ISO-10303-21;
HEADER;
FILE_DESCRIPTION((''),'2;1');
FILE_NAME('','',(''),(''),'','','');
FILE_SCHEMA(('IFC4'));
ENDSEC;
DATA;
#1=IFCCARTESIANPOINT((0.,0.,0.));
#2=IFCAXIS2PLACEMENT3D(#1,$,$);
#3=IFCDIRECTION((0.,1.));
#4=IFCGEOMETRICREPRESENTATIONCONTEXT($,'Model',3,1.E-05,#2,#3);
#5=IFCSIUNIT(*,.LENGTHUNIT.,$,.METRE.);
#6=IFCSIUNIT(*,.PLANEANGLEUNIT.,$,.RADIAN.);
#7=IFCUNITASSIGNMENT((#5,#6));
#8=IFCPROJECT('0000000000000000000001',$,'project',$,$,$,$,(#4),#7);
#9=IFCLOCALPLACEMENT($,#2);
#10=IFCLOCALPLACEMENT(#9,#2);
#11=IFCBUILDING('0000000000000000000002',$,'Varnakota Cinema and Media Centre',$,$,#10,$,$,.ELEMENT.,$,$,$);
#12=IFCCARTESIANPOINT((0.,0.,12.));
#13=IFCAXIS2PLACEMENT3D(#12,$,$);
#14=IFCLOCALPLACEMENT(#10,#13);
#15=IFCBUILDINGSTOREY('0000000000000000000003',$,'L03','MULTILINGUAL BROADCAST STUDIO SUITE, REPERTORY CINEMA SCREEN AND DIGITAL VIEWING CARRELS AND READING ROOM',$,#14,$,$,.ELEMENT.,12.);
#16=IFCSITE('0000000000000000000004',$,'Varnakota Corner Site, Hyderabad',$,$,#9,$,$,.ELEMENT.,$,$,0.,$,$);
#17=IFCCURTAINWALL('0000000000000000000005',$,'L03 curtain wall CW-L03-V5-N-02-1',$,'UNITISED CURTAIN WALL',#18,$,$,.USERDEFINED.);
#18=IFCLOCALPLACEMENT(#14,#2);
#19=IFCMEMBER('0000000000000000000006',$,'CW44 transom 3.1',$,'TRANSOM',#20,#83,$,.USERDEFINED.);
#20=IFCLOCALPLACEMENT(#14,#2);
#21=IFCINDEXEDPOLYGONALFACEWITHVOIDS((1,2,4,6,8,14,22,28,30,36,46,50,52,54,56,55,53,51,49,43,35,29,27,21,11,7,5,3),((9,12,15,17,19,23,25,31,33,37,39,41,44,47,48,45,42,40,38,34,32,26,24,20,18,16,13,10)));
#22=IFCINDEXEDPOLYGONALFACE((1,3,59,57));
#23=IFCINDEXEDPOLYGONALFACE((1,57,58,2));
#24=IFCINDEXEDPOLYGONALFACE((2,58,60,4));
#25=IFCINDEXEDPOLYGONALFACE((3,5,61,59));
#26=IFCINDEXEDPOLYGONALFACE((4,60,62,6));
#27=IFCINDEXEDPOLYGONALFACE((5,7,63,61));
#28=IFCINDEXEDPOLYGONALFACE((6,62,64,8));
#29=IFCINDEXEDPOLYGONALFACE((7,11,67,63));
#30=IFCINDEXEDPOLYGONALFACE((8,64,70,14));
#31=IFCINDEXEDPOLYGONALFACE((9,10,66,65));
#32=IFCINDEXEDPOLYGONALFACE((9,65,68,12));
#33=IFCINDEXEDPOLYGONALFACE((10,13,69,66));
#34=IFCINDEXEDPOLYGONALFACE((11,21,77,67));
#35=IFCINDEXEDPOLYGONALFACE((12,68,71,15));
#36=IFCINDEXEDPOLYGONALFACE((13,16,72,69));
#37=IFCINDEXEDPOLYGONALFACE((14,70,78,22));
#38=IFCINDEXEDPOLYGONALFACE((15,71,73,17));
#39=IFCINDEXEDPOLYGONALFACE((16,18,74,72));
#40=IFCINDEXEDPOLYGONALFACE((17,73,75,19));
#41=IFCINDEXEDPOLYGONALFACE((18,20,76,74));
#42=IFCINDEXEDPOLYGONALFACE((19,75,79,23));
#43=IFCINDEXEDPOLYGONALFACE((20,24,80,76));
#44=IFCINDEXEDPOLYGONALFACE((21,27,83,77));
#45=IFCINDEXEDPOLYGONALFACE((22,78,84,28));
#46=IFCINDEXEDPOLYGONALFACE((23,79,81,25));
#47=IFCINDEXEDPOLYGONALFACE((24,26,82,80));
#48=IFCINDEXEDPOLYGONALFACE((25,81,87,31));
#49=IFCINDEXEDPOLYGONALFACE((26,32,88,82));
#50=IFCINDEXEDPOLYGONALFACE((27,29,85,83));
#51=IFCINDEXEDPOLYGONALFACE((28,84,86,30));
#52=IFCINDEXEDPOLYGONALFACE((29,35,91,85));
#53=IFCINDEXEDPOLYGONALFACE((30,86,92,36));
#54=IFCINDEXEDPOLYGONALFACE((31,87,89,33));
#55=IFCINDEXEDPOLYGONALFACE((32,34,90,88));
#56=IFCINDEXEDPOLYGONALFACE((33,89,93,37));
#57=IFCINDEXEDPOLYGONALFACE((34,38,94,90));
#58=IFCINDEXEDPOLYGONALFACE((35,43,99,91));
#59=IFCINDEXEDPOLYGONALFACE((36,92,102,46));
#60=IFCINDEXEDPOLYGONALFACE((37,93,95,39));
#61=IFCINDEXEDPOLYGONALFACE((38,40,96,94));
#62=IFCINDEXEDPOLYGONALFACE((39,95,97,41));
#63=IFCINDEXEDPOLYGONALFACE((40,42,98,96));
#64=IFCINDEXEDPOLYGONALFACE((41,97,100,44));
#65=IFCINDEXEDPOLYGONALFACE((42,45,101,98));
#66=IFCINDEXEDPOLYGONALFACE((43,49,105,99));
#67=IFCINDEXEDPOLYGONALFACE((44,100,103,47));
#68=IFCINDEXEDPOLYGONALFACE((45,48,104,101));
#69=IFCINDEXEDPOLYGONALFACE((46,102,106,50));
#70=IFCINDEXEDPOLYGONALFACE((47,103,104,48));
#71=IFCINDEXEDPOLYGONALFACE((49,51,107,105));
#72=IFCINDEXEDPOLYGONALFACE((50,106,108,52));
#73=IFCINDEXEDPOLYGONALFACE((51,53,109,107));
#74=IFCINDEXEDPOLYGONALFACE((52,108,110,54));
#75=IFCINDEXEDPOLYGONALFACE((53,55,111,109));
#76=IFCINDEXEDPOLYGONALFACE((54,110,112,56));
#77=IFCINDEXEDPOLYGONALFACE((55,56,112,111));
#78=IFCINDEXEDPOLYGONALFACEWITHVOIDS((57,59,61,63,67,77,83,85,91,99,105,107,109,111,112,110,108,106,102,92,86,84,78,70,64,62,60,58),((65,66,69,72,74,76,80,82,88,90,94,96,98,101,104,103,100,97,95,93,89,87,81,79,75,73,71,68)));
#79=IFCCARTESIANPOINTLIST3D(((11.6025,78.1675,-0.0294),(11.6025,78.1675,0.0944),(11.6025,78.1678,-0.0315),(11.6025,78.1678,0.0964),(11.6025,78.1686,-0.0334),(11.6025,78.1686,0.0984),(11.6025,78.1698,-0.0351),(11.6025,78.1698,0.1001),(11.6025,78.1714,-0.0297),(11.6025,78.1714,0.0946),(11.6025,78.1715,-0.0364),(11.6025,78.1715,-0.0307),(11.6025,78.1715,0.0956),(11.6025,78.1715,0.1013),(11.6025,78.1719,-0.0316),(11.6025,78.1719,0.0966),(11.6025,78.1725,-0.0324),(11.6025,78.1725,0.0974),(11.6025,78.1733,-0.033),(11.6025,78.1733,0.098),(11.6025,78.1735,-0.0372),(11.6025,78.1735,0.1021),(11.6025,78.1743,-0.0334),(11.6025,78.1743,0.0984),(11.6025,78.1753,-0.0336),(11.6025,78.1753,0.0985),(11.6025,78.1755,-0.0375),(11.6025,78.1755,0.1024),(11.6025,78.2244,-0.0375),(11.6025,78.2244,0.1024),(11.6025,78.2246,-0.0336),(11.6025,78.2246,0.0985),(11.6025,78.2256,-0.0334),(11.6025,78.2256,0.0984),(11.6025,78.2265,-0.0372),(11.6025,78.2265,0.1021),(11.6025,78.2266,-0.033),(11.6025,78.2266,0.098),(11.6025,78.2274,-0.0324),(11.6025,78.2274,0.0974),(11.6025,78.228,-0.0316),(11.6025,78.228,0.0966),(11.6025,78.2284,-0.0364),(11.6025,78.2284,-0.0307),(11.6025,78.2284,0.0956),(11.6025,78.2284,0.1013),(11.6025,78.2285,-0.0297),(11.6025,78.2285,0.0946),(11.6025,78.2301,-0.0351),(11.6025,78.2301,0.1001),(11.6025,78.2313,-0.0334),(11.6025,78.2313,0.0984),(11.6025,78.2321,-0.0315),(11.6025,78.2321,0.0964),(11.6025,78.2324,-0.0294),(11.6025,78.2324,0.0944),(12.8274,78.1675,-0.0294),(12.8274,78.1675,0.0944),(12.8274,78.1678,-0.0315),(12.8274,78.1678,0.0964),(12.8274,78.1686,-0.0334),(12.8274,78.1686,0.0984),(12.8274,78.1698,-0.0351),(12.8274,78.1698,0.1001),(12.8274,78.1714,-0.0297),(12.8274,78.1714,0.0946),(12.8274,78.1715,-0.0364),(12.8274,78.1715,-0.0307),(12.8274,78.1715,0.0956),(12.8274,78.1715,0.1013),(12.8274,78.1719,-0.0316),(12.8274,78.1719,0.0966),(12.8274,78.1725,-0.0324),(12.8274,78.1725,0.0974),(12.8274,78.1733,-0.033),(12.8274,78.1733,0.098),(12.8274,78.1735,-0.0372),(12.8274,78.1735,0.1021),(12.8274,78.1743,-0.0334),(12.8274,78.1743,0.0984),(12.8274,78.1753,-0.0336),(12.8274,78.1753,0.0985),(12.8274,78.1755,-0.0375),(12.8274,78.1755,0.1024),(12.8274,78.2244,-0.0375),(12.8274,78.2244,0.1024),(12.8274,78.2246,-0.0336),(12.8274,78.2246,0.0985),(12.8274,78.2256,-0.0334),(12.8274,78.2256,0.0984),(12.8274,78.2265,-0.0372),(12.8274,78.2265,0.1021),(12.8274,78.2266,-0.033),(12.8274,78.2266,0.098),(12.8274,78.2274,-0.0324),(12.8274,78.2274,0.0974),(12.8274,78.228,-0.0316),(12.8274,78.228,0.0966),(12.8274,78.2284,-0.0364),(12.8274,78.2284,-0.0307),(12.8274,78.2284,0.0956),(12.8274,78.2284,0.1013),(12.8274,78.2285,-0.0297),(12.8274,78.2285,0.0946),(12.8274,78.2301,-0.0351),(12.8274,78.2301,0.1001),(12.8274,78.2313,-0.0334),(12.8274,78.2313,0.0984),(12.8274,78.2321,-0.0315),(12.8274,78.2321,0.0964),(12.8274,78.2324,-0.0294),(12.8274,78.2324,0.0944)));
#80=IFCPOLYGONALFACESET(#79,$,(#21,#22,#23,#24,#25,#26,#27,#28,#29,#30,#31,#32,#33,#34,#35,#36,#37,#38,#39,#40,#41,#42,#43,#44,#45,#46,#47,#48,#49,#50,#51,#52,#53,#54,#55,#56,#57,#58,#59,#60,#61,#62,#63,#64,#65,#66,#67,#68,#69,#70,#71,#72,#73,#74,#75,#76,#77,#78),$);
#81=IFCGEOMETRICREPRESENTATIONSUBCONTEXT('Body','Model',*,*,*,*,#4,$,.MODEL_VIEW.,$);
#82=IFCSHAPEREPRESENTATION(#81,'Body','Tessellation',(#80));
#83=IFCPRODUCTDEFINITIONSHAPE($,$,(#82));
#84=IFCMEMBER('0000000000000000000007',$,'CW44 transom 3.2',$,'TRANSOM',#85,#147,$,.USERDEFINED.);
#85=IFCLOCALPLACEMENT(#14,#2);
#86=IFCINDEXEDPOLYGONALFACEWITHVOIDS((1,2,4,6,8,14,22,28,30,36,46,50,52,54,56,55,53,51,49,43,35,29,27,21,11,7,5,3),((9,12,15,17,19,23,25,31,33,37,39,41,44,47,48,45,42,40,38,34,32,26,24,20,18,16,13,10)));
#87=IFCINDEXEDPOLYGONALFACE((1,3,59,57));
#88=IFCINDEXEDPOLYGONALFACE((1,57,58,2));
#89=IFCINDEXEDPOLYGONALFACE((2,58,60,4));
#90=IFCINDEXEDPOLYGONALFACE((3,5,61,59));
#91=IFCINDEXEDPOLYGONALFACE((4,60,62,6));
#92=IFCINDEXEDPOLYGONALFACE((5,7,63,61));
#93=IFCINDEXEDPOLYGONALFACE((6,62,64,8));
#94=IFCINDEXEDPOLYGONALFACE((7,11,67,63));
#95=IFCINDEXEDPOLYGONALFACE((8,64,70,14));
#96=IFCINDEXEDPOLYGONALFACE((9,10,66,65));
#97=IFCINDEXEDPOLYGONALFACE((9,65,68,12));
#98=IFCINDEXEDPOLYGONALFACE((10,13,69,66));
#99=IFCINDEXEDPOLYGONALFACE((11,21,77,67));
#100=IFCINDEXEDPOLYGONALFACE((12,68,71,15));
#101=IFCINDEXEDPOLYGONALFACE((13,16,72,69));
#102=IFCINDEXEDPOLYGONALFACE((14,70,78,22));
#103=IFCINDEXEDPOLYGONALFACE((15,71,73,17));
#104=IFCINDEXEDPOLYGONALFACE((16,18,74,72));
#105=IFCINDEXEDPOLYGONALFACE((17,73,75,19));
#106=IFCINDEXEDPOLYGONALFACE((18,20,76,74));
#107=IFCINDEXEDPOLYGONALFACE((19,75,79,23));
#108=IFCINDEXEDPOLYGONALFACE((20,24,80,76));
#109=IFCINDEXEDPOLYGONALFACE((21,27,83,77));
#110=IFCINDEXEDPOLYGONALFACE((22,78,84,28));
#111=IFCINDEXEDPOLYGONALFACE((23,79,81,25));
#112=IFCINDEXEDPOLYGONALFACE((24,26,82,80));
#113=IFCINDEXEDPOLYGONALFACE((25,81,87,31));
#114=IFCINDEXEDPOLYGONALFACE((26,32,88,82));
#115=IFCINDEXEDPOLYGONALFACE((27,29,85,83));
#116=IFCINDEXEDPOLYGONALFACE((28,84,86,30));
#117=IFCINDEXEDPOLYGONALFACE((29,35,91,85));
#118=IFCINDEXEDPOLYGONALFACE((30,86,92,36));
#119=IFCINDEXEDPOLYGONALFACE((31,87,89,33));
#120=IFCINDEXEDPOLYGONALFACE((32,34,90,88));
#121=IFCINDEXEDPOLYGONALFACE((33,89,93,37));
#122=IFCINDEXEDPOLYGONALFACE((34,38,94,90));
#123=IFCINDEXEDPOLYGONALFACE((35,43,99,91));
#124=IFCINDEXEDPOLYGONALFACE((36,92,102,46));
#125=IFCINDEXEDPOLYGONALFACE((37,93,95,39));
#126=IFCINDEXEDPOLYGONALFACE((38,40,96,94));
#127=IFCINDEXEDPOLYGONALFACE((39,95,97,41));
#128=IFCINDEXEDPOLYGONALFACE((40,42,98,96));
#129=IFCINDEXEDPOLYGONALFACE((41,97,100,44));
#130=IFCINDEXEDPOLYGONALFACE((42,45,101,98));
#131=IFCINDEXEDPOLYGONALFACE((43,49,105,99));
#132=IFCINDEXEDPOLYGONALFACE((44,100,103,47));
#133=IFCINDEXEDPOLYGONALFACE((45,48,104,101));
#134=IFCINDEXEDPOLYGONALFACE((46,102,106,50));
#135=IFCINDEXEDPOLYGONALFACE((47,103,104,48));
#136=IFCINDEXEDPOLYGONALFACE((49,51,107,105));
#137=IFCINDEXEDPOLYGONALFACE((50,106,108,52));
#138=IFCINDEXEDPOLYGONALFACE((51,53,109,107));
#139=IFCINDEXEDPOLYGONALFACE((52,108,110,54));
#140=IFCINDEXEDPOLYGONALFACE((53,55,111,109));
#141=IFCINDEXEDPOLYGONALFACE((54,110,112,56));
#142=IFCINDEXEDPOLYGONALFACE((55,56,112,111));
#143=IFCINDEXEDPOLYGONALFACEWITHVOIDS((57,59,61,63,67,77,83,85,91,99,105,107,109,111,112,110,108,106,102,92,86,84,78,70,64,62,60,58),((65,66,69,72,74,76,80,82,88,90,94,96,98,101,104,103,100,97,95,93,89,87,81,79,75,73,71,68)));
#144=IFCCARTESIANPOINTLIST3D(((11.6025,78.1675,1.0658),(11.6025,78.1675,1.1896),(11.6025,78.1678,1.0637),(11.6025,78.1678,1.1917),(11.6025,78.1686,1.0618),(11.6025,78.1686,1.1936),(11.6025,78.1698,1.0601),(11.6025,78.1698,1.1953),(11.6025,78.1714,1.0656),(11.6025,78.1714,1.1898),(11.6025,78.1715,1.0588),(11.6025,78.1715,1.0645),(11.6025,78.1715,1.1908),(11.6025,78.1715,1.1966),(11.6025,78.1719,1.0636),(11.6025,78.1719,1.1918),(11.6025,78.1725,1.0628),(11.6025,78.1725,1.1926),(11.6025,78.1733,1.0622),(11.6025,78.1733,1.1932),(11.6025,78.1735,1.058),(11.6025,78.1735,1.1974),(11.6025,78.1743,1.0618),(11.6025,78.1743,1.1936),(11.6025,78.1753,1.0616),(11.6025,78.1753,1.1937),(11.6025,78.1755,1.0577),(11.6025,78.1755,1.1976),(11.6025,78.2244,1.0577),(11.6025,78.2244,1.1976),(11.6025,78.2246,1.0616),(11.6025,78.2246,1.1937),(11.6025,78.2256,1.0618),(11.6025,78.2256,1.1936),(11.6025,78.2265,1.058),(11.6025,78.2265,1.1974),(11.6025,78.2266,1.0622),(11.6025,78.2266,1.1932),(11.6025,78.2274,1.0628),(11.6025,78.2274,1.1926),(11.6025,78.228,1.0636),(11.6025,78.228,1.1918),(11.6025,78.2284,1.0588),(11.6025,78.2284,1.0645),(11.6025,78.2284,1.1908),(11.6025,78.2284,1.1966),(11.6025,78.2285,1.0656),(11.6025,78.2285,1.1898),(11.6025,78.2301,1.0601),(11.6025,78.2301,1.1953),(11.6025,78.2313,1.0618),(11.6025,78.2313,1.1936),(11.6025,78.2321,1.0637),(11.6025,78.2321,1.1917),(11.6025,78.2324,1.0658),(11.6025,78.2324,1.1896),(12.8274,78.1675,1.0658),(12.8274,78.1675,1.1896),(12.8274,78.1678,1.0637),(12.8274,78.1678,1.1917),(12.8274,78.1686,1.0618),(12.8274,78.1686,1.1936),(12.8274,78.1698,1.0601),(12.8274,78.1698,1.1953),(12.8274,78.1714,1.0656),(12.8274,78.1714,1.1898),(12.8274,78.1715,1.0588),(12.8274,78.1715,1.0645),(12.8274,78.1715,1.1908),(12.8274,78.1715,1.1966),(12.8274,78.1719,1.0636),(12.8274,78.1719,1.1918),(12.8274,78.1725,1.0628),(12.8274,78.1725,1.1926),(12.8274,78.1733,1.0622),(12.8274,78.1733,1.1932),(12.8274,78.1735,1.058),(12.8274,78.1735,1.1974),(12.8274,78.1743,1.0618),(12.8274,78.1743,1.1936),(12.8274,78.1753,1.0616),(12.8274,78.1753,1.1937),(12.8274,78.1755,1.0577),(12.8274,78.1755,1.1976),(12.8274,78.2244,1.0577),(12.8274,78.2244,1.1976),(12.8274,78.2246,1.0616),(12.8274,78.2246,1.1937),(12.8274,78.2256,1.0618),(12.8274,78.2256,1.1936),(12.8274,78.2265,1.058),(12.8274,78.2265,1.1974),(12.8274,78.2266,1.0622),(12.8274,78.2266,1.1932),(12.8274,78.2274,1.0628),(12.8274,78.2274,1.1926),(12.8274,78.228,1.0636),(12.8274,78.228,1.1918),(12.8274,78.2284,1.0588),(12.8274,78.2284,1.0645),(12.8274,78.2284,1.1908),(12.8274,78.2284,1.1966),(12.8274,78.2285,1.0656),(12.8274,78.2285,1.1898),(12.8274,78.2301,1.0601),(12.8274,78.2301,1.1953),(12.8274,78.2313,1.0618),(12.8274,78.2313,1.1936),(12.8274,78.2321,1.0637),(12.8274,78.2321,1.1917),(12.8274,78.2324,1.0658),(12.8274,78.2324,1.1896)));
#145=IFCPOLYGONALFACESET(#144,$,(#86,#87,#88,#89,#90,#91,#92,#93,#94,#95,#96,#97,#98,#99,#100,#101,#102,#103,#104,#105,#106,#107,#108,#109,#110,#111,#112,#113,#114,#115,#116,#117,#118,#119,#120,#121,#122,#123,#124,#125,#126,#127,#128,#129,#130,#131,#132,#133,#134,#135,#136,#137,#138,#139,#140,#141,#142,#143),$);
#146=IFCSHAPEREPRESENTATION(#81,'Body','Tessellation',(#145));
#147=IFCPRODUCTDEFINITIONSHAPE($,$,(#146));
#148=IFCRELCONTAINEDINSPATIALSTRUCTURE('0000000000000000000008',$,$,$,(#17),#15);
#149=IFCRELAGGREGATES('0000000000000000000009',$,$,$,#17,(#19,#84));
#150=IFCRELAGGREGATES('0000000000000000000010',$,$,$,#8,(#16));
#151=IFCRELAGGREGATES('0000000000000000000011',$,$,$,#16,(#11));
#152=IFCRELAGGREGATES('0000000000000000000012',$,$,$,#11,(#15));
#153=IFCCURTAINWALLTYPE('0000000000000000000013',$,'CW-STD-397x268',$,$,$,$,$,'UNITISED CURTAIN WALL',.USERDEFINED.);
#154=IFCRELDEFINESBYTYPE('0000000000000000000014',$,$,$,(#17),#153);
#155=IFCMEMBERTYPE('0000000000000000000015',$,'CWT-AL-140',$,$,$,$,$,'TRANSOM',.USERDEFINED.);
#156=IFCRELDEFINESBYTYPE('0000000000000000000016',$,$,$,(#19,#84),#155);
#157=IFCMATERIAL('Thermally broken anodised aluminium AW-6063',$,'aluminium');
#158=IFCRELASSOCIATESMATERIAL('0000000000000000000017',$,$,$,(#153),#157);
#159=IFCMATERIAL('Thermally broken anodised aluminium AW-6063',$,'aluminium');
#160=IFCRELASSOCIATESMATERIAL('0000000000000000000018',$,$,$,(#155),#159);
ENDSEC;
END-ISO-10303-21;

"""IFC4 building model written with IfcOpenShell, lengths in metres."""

from ifc_helpers import new_model, si_unit, direction, frame, origin, origin_2d, place, context, subcontext, project, spatial, hollow_rectangle, extrude, material, material_profile, profile_set, type_object, element, aggregate, save


model = new_model("IFC4")

# Units and contexts
model_context = context("Model", 3, precision=1e-05, world=origin(), true_north=direction((0.0, 1.0)))
body_context = subcontext(model_context, "Body", "Model", "MODEL_VIEW")
ifc_project = project(units=[si_unit("LENGTHUNIT", "METRE"), si_unit("PLANEANGLEUNIT", "RADIAN")], contexts=[model_context])

# Site, building, storey
site_placement = place(None, origin())
site = spatial("IfcSite", under=ifc_project, at=site_placement, Name="Varnakota Corner Site, Hyderabad", CompositionType="ELEMENT", RefElevation=0.0)
building_placement = place(site_placement, origin())
building = spatial("IfcBuilding", under=site, at=building_placement, Name="Varnakota Cinema and Media Centre", CompositionType="ELEMENT")
storey_placement = place(building_placement, frame((0.0, 0.0, 12.0)))
storey = spatial("IfcBuildingStorey", under=building, at=storey_placement, Name="L03", Description="MULTILINGUAL BROADCAST STUDIO SUITE, REPERTORY CINEMA SCREEN AND DIGITAL VIEWING CARRELS AND READING ROOM", CompositionType="ELEMENT", Elevation=12.0)

# Curtain wall
ifc_material_1 = material(Name="Thermally broken anodised aluminium AW-6063", Category="aluminium")
curtain_wall_type = type_object("IfcCurtainWallType", Name="CW-STD-397x268", ElementType="UNITISED CURTAIN WALL", PredefinedType="USERDEFINED", material=ifc_material_1)
curtain_wall_1_placement = place(storey_placement, origin())
curtain_wall_1 = element("IfcCurtainWall", 1, at=curtain_wall_1_placement, inside=storey, type_object=curtain_wall_type, Name="L03 curtain wall CW-L03-V5-N-02-1", ObjectType="UNITISED CURTAIN WALL", PredefinedType="USERDEFINED")

# Members
ifc_material_2 = material(Name="Thermally broken anodised aluminium AW-6063", Category="aluminium")
ifc_material_profile_1 = material_profile(ifc_material_2, hollow_rectangle(XDim=0.0649, YDim=0.1399, WallThickness=0.0039, InnerFilletRadius=0.0039, OuterFilletRadius=0.0081, at=origin_2d()), Name="AL-TRANSOM 140x65x4")
ifc_profile_set_1 = profile_set([ifc_material_profile_1], Name="Thermally broken anodised aluminium AW-6063")
member_type_1 = type_object("IfcMemberType", Name="CWT-AL-140", ElementType="TRANSOM", PredefinedType="USERDEFINED", material=ifc_profile_set_1)
member_1_placement = place(storey_placement, frame((11.6025, 78.2, 0.0325), z_axis=(1.0, 0.0, 0.0), x_axis=(0.0, 1.0, 0.0)))
member_1 = element("IfcMember", 2, at=member_1_placement, type_object=member_type_1, Name="CW44 transom 3.1", ObjectType="TRANSOM", PredefinedType="USERDEFINED", context=body_context, shape_type="SweptSolid", body=[
    extrude(hollow_rectangle(XDim=0.0649, YDim=0.1399, WallThickness=0.0039, InnerFilletRadius=0.0039, OuterFilletRadius=0.0081, at=origin_2d()), origin(), (0.0, 0.0, 1.0), 1.2249),
])
member_2_placement = place(storey_placement, frame((11.6025, 78.2, 1.1277), z_axis=(1.0, 0.0, 0.0), x_axis=(0.0, 1.0, 0.0)))
member_2 = element("IfcMember", 3, at=member_2_placement, type_object=member_type_1, Name="CW44 transom 3.2", ObjectType="TRANSOM", PredefinedType="USERDEFINED", context=body_context, shape_type="SweptSolid", body=[
    extrude(hollow_rectangle(XDim=0.0649, YDim=0.1399, WallThickness=0.0039, InnerFilletRadius=0.0039, OuterFilletRadius=0.0081, at=origin_2d()), origin(), (0.0, 0.0, 1.0), 1.2249),
])

aggregate(curtain_wall_1, [member_1, member_2])

save(model, "model.ifc")
